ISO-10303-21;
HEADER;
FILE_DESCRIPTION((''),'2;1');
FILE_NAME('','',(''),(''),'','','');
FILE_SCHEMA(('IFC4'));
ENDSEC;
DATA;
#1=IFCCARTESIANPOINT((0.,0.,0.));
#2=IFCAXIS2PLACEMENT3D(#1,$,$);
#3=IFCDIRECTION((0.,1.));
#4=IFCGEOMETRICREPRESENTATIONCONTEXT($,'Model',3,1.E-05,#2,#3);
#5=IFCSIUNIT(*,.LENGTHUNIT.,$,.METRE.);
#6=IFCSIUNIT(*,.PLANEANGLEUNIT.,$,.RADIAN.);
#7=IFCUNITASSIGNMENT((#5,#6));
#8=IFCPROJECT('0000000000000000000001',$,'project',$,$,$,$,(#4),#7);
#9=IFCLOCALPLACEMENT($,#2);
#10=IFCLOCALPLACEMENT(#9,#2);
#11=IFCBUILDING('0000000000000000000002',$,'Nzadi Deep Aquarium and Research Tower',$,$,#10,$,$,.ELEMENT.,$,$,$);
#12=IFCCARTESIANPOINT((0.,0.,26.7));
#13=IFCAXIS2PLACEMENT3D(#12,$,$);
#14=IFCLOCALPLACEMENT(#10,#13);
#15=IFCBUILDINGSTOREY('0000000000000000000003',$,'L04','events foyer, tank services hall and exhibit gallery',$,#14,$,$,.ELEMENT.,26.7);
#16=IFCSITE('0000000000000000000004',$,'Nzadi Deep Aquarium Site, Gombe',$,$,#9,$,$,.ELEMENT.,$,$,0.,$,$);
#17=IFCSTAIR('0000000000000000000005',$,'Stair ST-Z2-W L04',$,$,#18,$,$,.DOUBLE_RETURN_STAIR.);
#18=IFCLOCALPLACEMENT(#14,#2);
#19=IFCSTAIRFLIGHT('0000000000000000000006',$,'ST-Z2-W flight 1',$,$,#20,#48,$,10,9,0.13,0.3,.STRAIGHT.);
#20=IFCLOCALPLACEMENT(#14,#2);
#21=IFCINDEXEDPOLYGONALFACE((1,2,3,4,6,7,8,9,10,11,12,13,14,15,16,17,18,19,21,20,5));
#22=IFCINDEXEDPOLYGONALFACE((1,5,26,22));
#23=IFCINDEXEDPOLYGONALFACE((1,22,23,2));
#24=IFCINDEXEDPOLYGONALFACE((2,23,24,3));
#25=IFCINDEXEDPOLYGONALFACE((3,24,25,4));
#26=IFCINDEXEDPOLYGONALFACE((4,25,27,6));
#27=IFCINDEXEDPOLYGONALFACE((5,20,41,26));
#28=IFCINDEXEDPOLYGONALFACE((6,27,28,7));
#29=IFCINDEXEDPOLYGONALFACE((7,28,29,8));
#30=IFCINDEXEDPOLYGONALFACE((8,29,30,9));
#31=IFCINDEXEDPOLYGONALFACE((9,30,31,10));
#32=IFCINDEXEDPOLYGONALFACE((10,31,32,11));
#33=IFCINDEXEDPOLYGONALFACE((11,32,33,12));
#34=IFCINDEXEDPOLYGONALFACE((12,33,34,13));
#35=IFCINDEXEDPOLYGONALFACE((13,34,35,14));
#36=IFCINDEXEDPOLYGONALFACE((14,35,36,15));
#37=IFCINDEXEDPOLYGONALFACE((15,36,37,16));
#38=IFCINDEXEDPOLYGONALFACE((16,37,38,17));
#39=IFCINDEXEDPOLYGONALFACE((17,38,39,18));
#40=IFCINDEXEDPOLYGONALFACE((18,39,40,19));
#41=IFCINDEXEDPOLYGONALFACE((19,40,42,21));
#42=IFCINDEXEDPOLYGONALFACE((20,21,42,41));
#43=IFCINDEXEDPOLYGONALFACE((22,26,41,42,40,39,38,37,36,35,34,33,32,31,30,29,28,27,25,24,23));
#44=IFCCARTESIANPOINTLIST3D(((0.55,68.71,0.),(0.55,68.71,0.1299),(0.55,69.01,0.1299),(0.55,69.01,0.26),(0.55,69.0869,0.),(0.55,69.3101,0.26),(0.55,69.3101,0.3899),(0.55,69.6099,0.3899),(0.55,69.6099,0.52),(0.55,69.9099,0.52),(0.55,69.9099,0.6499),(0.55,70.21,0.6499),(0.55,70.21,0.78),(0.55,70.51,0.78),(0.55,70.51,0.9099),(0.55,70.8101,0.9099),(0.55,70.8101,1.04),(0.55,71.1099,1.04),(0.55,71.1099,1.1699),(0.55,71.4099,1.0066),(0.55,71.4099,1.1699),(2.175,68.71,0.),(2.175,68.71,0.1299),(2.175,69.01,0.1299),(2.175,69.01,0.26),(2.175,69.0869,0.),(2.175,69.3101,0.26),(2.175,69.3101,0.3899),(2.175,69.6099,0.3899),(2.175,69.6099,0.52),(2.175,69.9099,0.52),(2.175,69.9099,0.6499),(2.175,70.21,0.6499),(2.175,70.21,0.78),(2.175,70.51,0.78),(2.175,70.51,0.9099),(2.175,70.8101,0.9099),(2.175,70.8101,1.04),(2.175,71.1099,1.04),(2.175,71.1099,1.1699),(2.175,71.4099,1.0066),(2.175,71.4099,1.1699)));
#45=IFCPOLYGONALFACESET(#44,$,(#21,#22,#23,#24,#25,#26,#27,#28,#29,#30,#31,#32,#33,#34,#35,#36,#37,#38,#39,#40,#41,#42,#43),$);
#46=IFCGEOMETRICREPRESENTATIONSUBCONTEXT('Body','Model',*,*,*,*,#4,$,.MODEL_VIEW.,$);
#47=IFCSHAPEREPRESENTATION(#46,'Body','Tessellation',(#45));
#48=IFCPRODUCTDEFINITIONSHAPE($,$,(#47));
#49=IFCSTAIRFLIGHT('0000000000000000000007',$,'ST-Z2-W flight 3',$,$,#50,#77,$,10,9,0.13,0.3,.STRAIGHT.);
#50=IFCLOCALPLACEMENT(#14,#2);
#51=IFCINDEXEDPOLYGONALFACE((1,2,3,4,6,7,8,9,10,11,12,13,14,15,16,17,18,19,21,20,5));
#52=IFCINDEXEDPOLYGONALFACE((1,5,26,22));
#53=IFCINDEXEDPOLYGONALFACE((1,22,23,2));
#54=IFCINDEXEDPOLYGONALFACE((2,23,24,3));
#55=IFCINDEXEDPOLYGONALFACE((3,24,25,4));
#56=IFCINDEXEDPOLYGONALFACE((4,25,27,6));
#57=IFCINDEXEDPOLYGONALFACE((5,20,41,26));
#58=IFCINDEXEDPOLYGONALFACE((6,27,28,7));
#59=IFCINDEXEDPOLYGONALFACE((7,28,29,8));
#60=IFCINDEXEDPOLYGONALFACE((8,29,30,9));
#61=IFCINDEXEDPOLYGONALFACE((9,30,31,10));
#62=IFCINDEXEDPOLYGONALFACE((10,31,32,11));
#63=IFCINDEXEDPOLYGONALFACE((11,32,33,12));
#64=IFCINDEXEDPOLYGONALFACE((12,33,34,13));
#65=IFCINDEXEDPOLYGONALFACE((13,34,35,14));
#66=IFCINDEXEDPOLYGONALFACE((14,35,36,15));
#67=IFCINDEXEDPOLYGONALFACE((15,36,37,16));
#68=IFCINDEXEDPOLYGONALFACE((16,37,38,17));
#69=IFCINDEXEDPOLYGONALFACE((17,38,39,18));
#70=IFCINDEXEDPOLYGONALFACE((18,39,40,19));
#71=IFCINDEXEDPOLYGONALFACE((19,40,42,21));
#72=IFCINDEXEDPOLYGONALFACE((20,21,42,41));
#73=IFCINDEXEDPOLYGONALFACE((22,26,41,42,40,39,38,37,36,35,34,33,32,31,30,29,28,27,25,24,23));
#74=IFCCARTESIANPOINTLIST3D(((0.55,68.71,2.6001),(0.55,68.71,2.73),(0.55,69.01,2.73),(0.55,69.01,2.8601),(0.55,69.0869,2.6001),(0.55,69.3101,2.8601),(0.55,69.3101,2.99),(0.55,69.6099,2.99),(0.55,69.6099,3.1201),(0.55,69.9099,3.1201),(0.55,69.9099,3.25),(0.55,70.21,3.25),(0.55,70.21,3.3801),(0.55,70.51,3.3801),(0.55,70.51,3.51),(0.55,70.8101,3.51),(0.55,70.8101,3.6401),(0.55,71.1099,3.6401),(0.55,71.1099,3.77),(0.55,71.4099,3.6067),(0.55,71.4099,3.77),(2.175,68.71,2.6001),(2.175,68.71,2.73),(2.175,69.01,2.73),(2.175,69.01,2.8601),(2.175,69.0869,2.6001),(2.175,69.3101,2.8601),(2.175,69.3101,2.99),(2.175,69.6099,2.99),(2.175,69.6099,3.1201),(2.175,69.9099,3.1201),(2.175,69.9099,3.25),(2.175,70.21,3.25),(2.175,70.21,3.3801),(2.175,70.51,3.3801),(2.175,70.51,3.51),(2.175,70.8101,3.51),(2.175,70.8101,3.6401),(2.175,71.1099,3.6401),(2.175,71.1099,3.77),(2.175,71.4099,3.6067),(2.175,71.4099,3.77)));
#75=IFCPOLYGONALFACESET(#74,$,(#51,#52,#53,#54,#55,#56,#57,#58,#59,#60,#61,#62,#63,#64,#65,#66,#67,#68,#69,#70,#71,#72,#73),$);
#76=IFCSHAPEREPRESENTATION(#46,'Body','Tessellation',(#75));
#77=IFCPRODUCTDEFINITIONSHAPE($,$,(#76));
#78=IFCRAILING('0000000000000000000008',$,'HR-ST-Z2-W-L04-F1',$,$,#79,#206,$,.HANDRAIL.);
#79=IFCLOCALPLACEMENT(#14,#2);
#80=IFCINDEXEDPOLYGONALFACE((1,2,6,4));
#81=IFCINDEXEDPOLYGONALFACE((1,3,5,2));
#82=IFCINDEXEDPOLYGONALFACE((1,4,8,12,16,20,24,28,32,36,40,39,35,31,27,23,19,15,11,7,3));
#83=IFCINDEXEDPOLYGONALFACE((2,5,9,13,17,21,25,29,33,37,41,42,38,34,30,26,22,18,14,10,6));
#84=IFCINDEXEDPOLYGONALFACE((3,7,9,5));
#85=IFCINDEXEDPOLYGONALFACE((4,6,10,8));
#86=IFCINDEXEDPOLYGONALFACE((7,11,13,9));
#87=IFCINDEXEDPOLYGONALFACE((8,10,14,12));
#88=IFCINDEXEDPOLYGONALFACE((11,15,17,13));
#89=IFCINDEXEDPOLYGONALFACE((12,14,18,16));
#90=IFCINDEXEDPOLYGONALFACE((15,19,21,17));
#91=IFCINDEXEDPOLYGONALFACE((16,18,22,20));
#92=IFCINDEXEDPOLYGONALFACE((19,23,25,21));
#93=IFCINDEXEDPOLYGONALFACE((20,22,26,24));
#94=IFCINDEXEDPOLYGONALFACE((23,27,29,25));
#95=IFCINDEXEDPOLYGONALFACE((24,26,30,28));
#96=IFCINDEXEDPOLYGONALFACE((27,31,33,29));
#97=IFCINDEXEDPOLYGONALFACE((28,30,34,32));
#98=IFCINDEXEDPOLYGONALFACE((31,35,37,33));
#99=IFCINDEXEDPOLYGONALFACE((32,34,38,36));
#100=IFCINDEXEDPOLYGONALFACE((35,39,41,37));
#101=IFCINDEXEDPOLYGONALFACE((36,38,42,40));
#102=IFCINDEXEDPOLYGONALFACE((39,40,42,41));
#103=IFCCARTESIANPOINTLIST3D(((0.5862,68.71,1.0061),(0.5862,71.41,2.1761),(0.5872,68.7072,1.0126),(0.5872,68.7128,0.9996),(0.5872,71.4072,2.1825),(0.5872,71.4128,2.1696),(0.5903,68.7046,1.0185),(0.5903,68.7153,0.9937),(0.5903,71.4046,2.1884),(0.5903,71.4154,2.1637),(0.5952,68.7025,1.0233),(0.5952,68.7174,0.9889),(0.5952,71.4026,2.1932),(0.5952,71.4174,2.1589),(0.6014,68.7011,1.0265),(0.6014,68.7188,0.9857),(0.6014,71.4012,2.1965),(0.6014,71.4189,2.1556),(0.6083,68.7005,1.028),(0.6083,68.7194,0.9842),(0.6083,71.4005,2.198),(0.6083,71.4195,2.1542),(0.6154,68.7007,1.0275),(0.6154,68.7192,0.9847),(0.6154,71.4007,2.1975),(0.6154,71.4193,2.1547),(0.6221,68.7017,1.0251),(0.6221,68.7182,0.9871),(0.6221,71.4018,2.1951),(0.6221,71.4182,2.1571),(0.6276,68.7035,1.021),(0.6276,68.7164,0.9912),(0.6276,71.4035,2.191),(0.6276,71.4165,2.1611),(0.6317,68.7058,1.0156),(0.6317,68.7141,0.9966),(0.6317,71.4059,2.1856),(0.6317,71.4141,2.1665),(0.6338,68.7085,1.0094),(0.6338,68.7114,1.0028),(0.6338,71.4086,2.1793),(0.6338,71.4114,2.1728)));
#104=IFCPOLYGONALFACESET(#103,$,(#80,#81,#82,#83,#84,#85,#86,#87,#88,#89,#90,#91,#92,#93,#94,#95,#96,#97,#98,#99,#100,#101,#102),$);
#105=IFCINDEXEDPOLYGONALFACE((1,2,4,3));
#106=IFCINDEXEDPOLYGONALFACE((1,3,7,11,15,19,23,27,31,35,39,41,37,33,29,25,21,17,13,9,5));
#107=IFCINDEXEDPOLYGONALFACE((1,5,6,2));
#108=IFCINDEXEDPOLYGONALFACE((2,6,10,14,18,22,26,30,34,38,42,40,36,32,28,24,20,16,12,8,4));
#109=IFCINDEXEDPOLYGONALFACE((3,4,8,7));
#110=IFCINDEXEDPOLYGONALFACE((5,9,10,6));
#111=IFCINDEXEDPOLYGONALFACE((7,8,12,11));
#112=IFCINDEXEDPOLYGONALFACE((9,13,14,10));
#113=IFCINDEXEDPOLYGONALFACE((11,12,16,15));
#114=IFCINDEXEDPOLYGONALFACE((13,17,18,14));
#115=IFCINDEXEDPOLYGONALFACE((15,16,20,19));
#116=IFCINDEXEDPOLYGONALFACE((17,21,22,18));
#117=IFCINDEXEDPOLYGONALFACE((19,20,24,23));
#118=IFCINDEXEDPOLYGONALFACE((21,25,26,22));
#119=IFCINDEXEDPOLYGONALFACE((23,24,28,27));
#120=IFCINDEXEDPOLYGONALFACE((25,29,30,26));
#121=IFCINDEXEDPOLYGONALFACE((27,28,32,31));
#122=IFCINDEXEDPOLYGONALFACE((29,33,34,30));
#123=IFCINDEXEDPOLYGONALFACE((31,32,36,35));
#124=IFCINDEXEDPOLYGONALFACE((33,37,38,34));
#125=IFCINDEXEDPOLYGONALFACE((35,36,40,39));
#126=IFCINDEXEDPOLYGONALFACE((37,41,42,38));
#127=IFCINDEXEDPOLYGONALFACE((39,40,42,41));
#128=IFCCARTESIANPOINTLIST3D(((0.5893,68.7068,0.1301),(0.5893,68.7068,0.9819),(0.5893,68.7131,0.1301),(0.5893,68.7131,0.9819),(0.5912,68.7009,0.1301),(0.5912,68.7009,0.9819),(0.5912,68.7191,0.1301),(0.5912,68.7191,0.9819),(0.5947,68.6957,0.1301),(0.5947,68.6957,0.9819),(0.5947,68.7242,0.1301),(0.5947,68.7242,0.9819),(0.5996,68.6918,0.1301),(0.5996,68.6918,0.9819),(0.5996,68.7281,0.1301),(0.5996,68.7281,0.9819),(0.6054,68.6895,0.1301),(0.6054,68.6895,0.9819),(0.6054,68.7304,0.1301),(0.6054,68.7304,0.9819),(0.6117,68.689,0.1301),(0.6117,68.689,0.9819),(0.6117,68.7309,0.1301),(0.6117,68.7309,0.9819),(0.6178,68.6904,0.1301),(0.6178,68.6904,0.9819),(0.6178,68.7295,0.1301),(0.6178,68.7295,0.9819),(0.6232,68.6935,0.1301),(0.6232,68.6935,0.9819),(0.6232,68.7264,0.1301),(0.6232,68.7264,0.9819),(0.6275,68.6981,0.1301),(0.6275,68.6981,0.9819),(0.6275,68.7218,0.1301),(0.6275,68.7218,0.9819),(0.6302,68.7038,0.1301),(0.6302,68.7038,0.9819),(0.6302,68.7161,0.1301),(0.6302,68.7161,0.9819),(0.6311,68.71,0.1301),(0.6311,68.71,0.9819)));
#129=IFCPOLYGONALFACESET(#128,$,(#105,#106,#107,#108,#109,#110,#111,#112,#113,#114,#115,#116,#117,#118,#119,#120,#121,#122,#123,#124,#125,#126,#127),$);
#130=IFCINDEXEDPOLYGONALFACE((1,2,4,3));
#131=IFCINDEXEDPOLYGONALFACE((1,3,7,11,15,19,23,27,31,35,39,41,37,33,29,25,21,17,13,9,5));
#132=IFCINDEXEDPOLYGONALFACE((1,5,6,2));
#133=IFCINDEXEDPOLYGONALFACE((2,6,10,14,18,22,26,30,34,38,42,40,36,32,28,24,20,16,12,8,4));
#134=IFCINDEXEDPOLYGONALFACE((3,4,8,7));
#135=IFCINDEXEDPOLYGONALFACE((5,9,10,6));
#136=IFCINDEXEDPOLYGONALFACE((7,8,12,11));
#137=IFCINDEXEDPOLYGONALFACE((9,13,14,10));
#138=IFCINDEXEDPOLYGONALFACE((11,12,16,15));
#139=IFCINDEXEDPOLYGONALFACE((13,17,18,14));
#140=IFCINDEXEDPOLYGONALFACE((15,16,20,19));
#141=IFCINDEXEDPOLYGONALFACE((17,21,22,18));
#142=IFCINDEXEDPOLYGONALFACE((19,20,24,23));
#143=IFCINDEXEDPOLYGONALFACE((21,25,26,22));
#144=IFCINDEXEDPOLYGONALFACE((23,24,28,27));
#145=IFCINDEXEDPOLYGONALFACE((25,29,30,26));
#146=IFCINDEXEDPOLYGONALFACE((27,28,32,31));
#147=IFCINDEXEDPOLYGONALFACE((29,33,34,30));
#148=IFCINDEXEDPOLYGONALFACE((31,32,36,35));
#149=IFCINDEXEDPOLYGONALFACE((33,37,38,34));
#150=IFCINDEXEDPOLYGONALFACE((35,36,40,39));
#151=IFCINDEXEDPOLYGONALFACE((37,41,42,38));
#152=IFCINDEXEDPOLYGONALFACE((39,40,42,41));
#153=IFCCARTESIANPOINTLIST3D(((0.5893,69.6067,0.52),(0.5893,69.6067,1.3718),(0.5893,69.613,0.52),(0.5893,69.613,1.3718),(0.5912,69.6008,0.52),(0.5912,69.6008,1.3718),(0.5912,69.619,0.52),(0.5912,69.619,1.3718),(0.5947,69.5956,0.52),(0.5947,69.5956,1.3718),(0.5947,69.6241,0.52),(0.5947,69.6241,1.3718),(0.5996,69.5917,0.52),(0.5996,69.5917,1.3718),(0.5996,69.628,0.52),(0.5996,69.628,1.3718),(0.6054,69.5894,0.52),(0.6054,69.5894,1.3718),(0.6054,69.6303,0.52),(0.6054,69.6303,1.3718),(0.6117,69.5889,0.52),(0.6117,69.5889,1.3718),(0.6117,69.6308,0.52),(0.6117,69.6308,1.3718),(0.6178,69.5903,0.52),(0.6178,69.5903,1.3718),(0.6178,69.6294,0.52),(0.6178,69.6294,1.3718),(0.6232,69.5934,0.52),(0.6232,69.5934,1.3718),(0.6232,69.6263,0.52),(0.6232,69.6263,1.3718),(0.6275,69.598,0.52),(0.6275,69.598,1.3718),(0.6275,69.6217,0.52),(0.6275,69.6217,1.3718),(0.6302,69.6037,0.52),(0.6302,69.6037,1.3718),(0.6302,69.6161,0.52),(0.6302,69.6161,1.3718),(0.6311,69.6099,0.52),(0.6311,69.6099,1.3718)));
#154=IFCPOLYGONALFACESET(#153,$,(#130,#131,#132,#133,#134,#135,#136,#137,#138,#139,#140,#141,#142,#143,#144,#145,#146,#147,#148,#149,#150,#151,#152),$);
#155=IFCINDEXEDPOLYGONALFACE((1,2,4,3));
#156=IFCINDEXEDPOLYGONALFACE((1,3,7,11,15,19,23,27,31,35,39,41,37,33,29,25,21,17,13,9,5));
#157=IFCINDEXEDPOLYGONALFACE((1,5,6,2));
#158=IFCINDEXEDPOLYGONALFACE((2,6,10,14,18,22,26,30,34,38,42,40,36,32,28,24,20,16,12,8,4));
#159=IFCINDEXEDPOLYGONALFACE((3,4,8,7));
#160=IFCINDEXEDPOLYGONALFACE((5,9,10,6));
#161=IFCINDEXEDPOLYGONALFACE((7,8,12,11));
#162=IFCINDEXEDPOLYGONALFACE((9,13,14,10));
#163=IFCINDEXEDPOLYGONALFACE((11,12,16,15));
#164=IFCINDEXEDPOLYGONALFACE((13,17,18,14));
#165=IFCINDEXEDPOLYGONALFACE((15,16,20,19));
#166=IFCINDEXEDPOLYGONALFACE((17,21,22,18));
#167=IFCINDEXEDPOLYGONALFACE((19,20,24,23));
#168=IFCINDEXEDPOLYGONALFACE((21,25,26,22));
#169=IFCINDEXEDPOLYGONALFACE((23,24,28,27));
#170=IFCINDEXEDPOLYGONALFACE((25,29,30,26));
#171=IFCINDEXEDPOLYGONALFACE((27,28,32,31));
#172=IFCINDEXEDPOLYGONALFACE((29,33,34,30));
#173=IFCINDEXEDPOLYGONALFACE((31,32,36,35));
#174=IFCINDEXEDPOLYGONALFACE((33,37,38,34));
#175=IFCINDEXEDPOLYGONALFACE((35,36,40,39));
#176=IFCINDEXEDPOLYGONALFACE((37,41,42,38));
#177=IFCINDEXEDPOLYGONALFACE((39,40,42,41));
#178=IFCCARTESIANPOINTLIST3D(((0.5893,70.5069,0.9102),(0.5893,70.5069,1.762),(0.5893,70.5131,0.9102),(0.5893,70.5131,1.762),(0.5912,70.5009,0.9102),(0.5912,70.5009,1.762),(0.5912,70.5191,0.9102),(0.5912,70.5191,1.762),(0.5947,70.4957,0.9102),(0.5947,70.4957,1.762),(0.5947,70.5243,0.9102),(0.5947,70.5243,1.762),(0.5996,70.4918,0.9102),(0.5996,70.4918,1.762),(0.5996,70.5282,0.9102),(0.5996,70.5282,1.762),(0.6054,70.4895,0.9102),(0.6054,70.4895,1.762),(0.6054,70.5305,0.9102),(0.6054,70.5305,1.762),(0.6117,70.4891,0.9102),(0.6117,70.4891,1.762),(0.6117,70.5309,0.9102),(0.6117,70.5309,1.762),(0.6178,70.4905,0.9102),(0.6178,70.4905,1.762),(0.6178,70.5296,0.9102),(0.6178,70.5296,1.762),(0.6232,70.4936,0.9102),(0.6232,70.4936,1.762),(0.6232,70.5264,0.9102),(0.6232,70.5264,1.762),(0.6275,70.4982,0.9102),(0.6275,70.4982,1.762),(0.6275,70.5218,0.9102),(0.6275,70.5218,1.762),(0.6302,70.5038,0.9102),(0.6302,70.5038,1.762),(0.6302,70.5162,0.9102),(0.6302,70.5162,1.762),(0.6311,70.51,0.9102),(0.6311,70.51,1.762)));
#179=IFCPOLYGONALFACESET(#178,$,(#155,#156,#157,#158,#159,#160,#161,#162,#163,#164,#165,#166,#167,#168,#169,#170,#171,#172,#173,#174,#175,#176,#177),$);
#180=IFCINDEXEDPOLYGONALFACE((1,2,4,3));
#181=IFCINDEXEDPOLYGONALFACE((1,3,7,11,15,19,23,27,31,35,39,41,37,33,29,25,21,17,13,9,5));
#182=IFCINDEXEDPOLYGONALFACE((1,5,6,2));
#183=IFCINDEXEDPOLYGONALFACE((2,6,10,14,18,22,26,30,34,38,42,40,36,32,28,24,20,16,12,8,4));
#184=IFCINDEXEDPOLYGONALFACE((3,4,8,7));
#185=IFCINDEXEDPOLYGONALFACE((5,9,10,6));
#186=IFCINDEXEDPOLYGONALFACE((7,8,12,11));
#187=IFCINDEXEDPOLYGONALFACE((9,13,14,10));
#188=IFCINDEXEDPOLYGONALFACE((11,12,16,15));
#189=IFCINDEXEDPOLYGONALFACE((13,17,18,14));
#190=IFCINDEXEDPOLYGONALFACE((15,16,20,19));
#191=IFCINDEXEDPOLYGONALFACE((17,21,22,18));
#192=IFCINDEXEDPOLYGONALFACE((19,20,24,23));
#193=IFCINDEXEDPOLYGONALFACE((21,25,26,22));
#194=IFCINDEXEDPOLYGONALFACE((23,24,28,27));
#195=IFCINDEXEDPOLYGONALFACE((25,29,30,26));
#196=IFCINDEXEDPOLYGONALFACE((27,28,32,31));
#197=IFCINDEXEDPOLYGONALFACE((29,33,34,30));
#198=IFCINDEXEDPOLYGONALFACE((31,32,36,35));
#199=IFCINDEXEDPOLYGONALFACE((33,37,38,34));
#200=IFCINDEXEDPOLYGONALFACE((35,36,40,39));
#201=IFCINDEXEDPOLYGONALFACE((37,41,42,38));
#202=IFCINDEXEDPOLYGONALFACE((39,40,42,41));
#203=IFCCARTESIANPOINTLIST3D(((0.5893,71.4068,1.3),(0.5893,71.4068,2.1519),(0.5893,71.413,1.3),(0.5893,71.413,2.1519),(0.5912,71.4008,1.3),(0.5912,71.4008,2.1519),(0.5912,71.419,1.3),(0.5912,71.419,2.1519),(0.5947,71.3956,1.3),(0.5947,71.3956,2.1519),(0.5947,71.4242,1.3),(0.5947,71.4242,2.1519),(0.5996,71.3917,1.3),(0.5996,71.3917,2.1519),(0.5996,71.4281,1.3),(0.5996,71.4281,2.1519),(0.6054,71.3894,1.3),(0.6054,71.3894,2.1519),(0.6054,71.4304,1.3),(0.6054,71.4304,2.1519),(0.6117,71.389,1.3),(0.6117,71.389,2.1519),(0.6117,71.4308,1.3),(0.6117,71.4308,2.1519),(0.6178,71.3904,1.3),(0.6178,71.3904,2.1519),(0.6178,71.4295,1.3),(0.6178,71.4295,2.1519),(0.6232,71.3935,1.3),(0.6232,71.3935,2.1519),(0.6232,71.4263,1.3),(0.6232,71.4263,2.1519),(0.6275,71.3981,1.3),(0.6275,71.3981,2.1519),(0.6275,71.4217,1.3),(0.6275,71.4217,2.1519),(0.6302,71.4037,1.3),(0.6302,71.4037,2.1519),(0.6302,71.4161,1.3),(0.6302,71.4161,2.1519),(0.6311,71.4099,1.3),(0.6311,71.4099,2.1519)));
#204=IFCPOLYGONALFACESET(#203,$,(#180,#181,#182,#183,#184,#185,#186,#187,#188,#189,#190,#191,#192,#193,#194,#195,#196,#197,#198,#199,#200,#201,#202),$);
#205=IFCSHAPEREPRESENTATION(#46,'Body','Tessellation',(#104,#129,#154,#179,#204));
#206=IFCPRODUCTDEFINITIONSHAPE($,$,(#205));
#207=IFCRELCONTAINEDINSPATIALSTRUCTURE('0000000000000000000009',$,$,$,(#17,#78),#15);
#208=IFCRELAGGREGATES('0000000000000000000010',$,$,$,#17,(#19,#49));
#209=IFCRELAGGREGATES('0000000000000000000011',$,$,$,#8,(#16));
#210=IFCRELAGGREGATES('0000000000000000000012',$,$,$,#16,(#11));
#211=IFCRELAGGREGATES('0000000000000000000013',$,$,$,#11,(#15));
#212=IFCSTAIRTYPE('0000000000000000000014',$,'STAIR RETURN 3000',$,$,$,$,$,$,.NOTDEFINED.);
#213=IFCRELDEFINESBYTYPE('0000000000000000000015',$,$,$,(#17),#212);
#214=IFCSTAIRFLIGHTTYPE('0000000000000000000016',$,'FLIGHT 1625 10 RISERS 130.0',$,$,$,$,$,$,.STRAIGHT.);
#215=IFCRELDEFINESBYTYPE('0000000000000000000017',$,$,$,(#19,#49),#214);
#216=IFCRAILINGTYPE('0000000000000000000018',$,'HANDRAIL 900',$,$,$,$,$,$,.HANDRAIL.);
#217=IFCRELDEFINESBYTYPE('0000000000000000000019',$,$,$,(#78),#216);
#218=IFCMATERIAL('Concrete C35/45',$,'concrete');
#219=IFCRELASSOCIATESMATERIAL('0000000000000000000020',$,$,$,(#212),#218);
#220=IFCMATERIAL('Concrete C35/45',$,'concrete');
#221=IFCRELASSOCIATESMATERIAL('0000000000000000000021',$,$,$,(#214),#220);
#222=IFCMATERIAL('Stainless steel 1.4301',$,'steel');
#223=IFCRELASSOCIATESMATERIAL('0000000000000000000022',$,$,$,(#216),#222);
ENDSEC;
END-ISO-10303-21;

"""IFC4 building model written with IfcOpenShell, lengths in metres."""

from ifc_helpers import new_model, si_unit, direction, frame, origin, origin_2d, place, context, subcontext, project, spatial, polyline, circle, outline, extrude, material, type_object, element, aggregate, save


model = new_model("IFC4")

# Units and contexts
model_context = context("Model", 3, precision=1e-05, world=origin(), true_north=direction((0.0, 1.0)))
body_context = subcontext(model_context, "Body", "Model", "MODEL_VIEW")
ifc_project = project(units=[si_unit("LENGTHUNIT", "METRE"), si_unit("PLANEANGLEUNIT", "RADIAN")], contexts=[model_context])

# Site, building, storey
site_placement = place(None, origin())
site = spatial("IfcSite", under=ifc_project, at=site_placement, Name="Nzadi Deep Aquarium Site, Gombe", CompositionType="ELEMENT", RefElevation=0.0)
building_placement = place(site_placement, origin())
building = spatial("IfcBuilding", under=site, at=building_placement, Name="Nzadi Deep Aquarium and Research Tower", CompositionType="ELEMENT")
storey_placement = place(building_placement, frame((0.0, 0.0, 26.7)))
storey = spatial("IfcBuildingStorey", under=building, at=storey_placement, Name="L04", Description="events foyer, tank services hall and exhibit gallery", CompositionType="ELEMENT", Elevation=26.7)

# Stair, stair flights
ifc_material_1 = material(Name="Concrete C35/45", Category="concrete")
stair_type = type_object("IfcStairType", Name="STAIR RETURN 3000", PredefinedType="NOTDEFINED", material=ifc_material_1)
stair_placement = place(storey_placement, origin())
stair = element("IfcStair", 1, at=stair_placement, inside=storey, type_object=stair_type, Name="Stair ST-Z2-W L04", PredefinedType="DOUBLE_RETURN_STAIR")
ifc_material_2 = material(Name="Concrete C35/45", Category="concrete")
stair_flight_type = type_object("IfcStairFlightType", Name="FLIGHT 1625 10 RISERS 130.0", PredefinedType="STRAIGHT", material=ifc_material_2)
stair_flight_1_placement = place(storey_placement, frame((1.3625, 68.71, 0.0), z_axis=(0.0, 0.0, 1.0), x_axis=(0.0, 1.0, 0.0)))
stair_flight_1 = element("IfcStairFlight", 2, at=stair_flight_1_placement, type_object=stair_flight_type, Name="ST-Z2-W flight 1", NumberOfRisers=10, NumberOfTreads=9, PredefinedType="STRAIGHT", RiserHeight=0.13, TreadLength=0.3, context=body_context, shape_type="SweptSolid", body=[
    extrude(outline(polyline([(0.0, 0.0), (0.0, 0.1299), (0.3, 0.1299), (0.3, 0.26), (0.6001, 0.26), (0.6001, 0.3899), (0.8999, 0.3899), (0.8999, 0.52), (1.2, 0.52), (1.2, 0.6499), (1.5, 0.6499), (1.5, 0.78), (1.8, 0.78), (1.8, 0.9099), (2.1001, 0.9099), (2.1001, 1.04), (2.3999, 1.04), (2.3999, 1.1699), (2.7, 1.1699), (2.7, 1.3), (2.7, 1.0066), (0.377, 0.0), (0.0, 0.0)])), frame((0.0, 0.8125, 0.0), z_axis=(0.0, -1.0, 0.0), x_axis=(1.0, 0.0, 0.0)), (0.0, 0.0, 1.0), 1.625),
])
stair_flight_2_placement = place(storey_placement, frame((1.3625, 68.71, 2.6001), z_axis=(0.0, 0.0, 1.0), x_axis=(0.0, 1.0, 0.0)))
stair_flight_2 = element("IfcStairFlight", 3, at=stair_flight_2_placement, type_object=stair_flight_type, Name="ST-Z2-W flight 3", NumberOfRisers=10, NumberOfTreads=9, PredefinedType="STRAIGHT", RiserHeight=0.13, TreadLength=0.3, context=body_context, shape_type="SweptSolid", body=[
    extrude(outline(polyline([(0.0, 0.0), (0.0, 0.1299), (0.3, 0.1299), (0.3, 0.26), (0.6001, 0.26), (0.6001, 0.3899), (0.8999, 0.3899), (0.8999, 0.52), (1.2, 0.52), (1.2, 0.6499), (1.5, 0.6499), (1.5, 0.78), (1.8, 0.78), (1.8, 0.9099), (2.1001, 0.9099), (2.1001, 1.04), (2.3999, 1.04), (2.3999, 1.1699), (2.7, 1.1699), (2.7, 1.3), (2.7, 1.0066), (0.377, 0.0), (0.0, 0.0)])), frame((0.0, 0.8125, 0.0), z_axis=(0.0, -1.0, 0.0), x_axis=(1.0, 0.0, 0.0)), (0.0, 0.0, 1.0), 1.625),
])
aggregate(stair, [stair_flight_1, stair_flight_2])

# Railing
ifc_material_3 = material(Name="Stainless steel 1.4301", Category="steel")
railing_type = type_object("IfcRailingType", Name="HANDRAIL 900", PredefinedType="HANDRAIL", material=ifc_material_3)
for number, where, name in (
    (4, (0.6101, 68.71, 0.1301), "HR-ST-Z2-W-L04-F1"),
):
    element("IfcRailing", number, at=place(storey_placement, frame(where)), inside=storey, type_object=railing_type, Name=name, PredefinedType="HANDRAIL", context=body_context, shape_type="SweptSolid", body=[
        extrude(circle(Radius=0.0239, at=origin_2d()), frame((0.0, 0.0, 0.876), z_axis=(0.0, 0.917563, 0.397591), x_axis=(-1.0, 0.0, 0.0)), (0.0, 0.0, 1.0), 2.9426),
        extrude(circle(Radius=0.021, at=origin_2d()), origin(), (0.0, 0.0, 1.0), 0.8518),
        extrude(circle(Radius=0.021, at=origin_2d()), frame((0.0, 0.8999, 0.3899)), (0.0, 0.0, 1.0), 0.8518),
        extrude(circle(Radius=0.021, at=origin_2d()), frame((0.0, 1.8, 0.78)), (0.0, 0.0, 1.0), 0.8518),
        extrude(circle(Radius=0.021, at=origin_2d()), frame((0.0, 2.7, 1.1699)), (0.0, 0.0, 1.0), 0.8518),
    ])

save(model, "model.ifc")
